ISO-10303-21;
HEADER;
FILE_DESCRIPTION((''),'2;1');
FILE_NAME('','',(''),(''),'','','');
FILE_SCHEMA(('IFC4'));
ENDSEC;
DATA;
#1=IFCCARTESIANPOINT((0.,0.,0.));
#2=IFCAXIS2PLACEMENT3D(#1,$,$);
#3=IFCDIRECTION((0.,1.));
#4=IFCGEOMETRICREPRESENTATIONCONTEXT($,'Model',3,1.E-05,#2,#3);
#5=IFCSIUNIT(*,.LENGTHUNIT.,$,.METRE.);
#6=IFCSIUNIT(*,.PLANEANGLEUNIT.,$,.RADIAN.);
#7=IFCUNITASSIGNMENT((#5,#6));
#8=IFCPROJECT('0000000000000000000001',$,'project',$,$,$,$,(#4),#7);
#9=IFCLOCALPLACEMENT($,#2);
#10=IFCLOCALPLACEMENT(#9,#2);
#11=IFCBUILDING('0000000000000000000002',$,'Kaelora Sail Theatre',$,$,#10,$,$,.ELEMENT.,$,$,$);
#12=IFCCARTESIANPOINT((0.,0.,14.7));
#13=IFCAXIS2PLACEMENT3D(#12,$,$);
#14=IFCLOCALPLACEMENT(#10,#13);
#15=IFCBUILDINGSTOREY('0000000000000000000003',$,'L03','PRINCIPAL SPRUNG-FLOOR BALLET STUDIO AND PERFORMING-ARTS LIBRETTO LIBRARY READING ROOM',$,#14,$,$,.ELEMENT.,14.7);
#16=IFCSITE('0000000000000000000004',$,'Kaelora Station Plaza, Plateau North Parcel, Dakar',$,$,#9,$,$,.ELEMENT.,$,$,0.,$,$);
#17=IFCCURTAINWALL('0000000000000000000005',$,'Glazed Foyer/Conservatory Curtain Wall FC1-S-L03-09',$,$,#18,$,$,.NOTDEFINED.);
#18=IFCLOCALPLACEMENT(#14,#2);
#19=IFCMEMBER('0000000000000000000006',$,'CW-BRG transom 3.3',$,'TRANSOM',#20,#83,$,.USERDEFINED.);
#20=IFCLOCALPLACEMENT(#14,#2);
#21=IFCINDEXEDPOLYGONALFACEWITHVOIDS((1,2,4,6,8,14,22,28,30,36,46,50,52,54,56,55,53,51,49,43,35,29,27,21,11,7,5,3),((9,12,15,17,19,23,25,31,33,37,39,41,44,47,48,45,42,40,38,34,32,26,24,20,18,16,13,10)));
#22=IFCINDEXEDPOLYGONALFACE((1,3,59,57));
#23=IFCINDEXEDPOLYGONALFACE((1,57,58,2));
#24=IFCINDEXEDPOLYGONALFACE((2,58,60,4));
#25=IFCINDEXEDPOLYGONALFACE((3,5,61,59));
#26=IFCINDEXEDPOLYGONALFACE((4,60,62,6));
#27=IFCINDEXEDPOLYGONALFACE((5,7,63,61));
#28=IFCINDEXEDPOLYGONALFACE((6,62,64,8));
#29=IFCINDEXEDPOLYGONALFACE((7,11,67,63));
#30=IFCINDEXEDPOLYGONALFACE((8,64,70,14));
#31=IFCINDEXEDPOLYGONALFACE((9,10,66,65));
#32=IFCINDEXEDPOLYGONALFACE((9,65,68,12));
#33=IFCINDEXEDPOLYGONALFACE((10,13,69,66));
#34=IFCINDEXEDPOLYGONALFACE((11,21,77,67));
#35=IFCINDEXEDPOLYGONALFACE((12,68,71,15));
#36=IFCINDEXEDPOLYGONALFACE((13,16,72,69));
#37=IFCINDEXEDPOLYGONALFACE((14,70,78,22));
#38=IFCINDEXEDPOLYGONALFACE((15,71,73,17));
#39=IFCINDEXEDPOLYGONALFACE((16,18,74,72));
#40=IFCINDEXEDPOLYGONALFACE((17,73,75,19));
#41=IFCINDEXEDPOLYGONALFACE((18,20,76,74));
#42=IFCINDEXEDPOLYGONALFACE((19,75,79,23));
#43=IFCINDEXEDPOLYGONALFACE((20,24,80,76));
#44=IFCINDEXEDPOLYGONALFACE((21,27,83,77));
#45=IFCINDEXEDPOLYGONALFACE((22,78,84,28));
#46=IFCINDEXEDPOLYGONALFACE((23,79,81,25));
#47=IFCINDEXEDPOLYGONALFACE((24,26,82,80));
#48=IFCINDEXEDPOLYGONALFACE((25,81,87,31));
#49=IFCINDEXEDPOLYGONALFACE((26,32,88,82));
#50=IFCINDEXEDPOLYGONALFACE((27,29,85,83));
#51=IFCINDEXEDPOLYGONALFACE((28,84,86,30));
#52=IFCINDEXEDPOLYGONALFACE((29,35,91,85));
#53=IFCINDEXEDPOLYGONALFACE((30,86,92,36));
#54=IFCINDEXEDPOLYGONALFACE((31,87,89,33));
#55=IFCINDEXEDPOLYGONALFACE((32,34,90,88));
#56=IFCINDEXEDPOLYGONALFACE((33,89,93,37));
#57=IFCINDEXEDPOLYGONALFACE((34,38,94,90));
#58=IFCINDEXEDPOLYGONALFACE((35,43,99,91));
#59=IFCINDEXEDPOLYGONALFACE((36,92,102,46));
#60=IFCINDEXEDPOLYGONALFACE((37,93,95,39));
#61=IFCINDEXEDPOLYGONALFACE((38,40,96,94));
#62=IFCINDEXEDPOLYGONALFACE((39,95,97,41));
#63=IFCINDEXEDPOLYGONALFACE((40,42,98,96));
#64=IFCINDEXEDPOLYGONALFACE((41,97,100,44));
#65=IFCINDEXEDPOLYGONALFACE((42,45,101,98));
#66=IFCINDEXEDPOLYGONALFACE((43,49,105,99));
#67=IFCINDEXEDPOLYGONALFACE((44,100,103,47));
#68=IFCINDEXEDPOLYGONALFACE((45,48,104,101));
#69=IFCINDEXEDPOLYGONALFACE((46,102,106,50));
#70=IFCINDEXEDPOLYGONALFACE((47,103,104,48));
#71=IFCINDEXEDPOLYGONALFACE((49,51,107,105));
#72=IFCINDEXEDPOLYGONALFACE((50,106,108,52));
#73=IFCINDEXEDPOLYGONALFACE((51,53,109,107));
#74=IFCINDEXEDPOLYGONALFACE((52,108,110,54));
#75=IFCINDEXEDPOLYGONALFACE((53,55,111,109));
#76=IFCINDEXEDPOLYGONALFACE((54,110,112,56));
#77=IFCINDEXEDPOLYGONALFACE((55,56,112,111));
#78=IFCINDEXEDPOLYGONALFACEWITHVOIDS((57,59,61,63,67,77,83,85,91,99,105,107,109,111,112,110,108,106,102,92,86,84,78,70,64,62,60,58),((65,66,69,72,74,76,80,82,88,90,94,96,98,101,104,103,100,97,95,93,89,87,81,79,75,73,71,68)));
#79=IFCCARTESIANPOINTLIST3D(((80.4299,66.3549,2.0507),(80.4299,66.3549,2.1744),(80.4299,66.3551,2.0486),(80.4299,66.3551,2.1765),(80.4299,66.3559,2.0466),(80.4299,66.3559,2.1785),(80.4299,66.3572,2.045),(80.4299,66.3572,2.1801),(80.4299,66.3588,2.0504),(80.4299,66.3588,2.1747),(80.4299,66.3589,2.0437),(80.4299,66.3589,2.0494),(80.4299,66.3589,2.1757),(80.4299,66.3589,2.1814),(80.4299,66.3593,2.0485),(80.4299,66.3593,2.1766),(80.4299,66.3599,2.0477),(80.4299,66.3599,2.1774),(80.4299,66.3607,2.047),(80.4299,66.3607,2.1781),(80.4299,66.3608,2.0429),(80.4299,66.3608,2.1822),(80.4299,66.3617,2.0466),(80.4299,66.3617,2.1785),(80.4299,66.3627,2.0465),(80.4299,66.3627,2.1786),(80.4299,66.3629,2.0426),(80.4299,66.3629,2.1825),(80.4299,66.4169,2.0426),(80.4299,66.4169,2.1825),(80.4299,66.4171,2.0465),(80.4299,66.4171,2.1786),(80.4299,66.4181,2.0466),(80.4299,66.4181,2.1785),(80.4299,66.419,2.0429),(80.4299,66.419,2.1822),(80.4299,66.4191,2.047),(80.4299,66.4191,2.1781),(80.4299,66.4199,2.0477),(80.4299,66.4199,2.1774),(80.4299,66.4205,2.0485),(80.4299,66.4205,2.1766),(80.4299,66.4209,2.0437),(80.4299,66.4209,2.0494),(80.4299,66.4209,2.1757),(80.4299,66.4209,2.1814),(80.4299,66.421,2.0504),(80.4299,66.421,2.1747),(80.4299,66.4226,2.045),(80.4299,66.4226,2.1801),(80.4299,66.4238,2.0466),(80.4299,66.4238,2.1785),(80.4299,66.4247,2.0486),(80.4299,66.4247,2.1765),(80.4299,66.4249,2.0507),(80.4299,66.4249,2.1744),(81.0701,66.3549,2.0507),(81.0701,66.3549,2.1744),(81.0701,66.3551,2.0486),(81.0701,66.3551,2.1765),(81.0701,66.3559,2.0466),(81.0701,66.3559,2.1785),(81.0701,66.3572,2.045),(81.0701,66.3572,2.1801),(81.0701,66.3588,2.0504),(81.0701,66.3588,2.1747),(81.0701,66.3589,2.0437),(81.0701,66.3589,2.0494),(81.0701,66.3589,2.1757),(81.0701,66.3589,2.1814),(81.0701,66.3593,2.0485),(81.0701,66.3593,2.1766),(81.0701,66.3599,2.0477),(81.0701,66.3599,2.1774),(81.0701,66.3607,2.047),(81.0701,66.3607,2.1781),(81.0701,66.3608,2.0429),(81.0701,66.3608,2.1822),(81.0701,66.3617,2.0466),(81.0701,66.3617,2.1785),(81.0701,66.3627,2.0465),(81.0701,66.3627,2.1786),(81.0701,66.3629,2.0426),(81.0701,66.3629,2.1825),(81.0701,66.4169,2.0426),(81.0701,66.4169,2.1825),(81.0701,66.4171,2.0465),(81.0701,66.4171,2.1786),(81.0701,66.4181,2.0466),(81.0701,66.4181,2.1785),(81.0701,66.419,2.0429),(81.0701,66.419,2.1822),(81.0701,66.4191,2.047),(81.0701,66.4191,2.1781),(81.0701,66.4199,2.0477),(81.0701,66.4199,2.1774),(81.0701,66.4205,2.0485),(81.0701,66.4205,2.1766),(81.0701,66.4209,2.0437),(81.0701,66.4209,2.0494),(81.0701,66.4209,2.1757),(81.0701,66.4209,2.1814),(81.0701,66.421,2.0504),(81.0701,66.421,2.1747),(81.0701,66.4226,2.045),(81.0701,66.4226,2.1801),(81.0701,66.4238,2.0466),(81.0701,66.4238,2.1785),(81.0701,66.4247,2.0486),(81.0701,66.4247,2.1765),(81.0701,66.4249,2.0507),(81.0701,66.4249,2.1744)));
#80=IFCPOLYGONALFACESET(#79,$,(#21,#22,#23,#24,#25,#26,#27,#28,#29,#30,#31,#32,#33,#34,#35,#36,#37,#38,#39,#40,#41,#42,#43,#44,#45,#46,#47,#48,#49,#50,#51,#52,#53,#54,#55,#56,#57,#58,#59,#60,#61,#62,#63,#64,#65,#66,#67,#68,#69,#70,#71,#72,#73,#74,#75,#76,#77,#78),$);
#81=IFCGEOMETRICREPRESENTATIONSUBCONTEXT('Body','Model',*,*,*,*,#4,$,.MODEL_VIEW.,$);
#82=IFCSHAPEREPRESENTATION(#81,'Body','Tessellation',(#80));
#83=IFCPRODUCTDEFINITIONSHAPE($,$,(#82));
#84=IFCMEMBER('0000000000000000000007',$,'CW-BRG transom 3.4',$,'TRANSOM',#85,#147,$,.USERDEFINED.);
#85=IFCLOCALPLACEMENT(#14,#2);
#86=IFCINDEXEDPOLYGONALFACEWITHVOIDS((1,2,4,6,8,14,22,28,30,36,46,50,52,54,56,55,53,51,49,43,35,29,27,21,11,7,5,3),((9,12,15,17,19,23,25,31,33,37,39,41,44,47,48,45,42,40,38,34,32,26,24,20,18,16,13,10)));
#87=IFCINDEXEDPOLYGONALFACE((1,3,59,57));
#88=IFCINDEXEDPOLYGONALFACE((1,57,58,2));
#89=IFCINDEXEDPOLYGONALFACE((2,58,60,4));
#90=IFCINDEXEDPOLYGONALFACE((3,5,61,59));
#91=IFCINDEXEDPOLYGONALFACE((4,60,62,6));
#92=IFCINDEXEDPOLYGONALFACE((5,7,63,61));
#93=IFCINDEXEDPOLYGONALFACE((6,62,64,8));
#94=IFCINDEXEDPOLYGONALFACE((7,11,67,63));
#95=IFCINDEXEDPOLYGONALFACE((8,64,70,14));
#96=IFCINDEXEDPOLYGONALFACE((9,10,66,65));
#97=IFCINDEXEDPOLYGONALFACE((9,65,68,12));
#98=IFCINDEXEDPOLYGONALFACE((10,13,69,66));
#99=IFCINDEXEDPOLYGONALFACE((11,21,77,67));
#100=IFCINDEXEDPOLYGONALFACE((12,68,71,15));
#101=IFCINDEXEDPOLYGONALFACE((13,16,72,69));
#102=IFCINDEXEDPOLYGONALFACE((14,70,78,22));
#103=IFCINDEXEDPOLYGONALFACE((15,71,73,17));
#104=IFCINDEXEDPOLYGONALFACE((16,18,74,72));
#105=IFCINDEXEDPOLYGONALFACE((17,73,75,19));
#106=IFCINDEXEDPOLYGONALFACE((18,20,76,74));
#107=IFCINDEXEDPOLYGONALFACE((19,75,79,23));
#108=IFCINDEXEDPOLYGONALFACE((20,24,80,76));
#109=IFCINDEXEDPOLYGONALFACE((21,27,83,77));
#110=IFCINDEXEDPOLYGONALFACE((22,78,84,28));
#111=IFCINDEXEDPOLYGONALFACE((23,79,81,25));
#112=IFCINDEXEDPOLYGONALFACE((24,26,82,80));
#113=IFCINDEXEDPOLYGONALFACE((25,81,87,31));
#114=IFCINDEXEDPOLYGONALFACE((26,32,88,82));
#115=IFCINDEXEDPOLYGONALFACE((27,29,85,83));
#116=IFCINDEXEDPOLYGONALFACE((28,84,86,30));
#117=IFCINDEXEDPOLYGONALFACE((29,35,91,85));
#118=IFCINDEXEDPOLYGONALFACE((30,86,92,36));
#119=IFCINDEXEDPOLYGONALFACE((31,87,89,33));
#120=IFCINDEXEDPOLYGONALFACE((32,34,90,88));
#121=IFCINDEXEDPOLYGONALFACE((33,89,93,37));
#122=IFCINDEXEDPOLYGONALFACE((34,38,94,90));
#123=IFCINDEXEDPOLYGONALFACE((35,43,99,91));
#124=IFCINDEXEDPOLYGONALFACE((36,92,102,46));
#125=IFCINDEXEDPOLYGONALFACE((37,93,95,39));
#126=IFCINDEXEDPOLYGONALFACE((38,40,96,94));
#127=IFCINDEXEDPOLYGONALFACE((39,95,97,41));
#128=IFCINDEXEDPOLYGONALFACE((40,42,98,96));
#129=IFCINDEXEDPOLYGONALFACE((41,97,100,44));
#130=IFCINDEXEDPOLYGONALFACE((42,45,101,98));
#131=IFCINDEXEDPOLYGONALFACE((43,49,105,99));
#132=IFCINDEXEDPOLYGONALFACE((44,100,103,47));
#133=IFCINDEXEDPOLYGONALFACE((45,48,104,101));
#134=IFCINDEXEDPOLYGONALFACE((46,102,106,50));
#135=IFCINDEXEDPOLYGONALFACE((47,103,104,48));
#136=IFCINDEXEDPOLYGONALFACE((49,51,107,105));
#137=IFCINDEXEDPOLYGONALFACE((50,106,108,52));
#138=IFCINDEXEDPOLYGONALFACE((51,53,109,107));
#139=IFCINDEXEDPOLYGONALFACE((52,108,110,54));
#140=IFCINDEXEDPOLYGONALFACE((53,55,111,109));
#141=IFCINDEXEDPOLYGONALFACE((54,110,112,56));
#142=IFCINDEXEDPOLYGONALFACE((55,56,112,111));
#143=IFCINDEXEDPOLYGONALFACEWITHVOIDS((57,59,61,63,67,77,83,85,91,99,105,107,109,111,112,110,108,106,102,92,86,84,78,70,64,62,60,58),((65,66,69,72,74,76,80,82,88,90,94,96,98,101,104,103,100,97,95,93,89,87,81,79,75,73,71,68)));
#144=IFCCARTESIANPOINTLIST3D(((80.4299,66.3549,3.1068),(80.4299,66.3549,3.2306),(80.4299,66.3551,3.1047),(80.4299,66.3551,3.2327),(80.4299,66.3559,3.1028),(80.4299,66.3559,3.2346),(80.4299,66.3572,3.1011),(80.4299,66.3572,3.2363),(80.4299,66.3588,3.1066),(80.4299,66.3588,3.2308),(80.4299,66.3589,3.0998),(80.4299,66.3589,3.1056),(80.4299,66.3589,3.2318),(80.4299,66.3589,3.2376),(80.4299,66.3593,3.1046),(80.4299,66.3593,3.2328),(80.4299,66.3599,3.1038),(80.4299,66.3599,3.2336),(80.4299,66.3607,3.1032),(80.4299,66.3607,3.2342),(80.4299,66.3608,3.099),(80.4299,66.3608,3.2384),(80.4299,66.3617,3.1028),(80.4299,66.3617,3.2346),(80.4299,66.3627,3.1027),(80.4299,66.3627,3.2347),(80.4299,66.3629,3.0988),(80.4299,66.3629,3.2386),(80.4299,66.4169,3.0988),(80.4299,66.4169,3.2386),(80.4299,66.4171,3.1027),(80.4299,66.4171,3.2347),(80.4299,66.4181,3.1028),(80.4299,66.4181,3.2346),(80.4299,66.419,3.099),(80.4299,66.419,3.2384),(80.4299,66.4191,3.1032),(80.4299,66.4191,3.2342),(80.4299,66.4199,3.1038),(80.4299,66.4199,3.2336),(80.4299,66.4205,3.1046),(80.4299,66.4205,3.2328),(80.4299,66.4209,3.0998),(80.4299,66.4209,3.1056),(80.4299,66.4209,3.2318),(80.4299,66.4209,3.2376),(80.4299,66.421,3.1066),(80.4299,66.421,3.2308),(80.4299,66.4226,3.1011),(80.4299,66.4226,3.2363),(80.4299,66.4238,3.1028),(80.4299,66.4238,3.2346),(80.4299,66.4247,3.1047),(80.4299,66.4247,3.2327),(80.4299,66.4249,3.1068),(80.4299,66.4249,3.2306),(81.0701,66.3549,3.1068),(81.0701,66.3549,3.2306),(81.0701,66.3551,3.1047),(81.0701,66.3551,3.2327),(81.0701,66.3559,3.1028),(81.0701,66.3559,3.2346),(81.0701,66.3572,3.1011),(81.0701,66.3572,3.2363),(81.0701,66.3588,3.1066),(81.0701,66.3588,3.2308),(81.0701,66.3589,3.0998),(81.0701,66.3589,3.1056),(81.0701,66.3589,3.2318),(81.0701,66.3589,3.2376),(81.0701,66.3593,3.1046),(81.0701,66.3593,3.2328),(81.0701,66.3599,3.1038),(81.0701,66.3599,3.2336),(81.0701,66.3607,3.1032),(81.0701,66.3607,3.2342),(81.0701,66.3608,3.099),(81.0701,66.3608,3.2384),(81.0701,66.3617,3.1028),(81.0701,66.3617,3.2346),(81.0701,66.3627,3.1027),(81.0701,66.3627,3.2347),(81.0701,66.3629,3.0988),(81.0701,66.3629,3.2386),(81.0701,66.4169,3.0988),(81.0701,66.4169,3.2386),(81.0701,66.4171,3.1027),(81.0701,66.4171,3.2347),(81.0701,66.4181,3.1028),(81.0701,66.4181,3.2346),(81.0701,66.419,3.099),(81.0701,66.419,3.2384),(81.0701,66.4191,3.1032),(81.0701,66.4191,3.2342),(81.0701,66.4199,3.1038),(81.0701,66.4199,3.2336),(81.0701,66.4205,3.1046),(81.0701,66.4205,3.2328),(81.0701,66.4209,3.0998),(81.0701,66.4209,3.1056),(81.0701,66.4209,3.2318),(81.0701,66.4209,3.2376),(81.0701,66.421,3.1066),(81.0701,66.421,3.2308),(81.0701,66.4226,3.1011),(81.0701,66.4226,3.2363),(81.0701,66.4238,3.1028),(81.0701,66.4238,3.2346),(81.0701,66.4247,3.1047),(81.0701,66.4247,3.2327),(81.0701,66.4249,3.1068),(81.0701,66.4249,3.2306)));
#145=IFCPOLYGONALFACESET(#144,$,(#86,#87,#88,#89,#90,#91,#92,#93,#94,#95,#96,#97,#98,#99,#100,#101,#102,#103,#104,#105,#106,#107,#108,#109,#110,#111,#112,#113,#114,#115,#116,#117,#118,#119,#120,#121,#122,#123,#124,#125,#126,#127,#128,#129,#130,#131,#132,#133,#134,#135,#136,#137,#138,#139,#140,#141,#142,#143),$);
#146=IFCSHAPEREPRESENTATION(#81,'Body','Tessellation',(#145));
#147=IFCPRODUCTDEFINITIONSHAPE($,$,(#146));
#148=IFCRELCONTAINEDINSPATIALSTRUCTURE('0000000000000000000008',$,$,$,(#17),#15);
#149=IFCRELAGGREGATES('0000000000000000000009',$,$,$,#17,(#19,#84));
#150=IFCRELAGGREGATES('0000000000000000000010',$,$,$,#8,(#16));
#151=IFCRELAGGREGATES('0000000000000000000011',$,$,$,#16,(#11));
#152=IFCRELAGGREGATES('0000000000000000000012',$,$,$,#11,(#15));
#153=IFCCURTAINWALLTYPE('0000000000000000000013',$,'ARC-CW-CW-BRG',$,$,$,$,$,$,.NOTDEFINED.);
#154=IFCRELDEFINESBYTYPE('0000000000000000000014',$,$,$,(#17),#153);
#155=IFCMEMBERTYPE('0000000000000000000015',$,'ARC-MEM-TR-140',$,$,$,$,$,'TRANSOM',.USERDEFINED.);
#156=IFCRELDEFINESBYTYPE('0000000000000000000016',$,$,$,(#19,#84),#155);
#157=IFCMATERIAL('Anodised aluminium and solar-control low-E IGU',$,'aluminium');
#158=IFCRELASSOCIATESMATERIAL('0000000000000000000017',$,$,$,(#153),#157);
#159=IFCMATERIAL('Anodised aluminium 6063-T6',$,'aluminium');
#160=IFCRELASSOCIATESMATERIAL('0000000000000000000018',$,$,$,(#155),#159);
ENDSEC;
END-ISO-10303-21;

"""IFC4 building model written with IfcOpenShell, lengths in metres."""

from ifc_helpers import new_model, si_unit, direction, frame, origin, origin_2d, place, context, subcontext, project, spatial, hollow_rectangle, extrude, material, material_profile, profile_set, type_object, element, aggregate, save


model = new_model("IFC4")

# Units and contexts
model_context = context("Model", 3, precision=1e-05, world=origin(), true_north=direction((0.0, 1.0)))
body_context = subcontext(model_context, "Body", "Model", "MODEL_VIEW")
ifc_project = project(units=[si_unit("LENGTHUNIT", "METRE"), si_unit("PLANEANGLEUNIT", "RADIAN")], contexts=[model_context])

# Site, building, storey
site_placement = place(None, origin())
site = spatial("IfcSite", under=ifc_project, at=site_placement, Name="Kaelora Station Plaza, Plateau North Parcel, Dakar", CompositionType="ELEMENT", RefElevation=0.0)
building_placement = place(site_placement, origin())
building = spatial("IfcBuilding", under=site, at=building_placement, Name="Kaelora Sail Theatre", CompositionType="ELEMENT")
storey_placement = place(building_placement, frame((0.0, 0.0, 14.7)))
storey = spatial("IfcBuildingStorey", under=building, at=storey_placement, Name="L03", Description="PRINCIPAL SPRUNG-FLOOR BALLET STUDIO AND PERFORMING-ARTS LIBRETTO LIBRARY READING ROOM", CompositionType="ELEMENT", Elevation=14.7)

# Curtain wall, members
ifc_material_1 = material(Name="Anodised aluminium and solar-control low-E IGU", Category="aluminium")
curtain_wall_type = type_object("IfcCurtainWallType", Name="ARC-CW-CW-BRG", PredefinedType="NOTDEFINED", material=ifc_material_1)
curtain_wall_placement = place(storey_placement, origin())
curtain_wall = element("IfcCurtainWall", 1, at=curtain_wall_placement, inside=storey, type_object=curtain_wall_type, Name="Glazed Foyer/Conservatory Curtain Wall FC1-S-L03-09", PredefinedType="NOTDEFINED")
ifc_material_2 = material(Name="Anodised aluminium 6063-T6", Category="aluminium")
ifc_material_profile_1 = material_profile(ifc_material_2, hollow_rectangle(XDim=0.0701, YDim=0.1399, WallThickness=0.0039, InnerFilletRadius=0.0039, OuterFilletRadius=0.0081, at=origin_2d()), Name="ALU-TRAN 70x140x4")
ifc_profile_set_1 = profile_set([ifc_material_profile_1], Name="Anodised aluminium 6063-T6")
member_type_1 = type_object("IfcMemberType", Name="ARC-MEM-TR-140", ElementType="TRANSOM", PredefinedType="USERDEFINED", material=ifc_profile_set_1)
member_1_placement = place(storey_placement, frame((80.4299, 66.3899, 2.1125), z_axis=(1.0, 0.0, 0.0), x_axis=(0.0, 1.0, 0.0)))
member_1 = element("IfcMember", 2, at=member_1_placement, type_object=member_type_1, Name="CW-BRG transom 3.3", ObjectType="TRANSOM", PredefinedType="USERDEFINED", context=body_context, shape_type="SweptSolid", body=[
    extrude(hollow_rectangle(XDim=0.0701, YDim=0.1399, WallThickness=0.0039, InnerFilletRadius=0.0039, OuterFilletRadius=0.0081, at=origin_2d()), origin(), (0.0, 0.0, 1.0), 0.6401),
])
member_2_placement = place(storey_placement, frame((80.4299, 66.3899, 3.1687), z_axis=(1.0, 0.0, 0.0), x_axis=(0.0, 1.0, 0.0)))
member_2 = element("IfcMember", 3, at=member_2_placement, type_object=member_type_1, Name="CW-BRG transom 3.4", ObjectType="TRANSOM", PredefinedType="USERDEFINED", context=body_context, shape_type="SweptSolid", body=[
    extrude(hollow_rectangle(XDim=0.0701, YDim=0.1399, WallThickness=0.0039, InnerFilletRadius=0.0039, OuterFilletRadius=0.0081, at=origin_2d()), origin(), (0.0, 0.0, 1.0), 0.6401),
])
aggregate(curtain_wall, [member_1, member_2])

save(model, "model.ifc")
